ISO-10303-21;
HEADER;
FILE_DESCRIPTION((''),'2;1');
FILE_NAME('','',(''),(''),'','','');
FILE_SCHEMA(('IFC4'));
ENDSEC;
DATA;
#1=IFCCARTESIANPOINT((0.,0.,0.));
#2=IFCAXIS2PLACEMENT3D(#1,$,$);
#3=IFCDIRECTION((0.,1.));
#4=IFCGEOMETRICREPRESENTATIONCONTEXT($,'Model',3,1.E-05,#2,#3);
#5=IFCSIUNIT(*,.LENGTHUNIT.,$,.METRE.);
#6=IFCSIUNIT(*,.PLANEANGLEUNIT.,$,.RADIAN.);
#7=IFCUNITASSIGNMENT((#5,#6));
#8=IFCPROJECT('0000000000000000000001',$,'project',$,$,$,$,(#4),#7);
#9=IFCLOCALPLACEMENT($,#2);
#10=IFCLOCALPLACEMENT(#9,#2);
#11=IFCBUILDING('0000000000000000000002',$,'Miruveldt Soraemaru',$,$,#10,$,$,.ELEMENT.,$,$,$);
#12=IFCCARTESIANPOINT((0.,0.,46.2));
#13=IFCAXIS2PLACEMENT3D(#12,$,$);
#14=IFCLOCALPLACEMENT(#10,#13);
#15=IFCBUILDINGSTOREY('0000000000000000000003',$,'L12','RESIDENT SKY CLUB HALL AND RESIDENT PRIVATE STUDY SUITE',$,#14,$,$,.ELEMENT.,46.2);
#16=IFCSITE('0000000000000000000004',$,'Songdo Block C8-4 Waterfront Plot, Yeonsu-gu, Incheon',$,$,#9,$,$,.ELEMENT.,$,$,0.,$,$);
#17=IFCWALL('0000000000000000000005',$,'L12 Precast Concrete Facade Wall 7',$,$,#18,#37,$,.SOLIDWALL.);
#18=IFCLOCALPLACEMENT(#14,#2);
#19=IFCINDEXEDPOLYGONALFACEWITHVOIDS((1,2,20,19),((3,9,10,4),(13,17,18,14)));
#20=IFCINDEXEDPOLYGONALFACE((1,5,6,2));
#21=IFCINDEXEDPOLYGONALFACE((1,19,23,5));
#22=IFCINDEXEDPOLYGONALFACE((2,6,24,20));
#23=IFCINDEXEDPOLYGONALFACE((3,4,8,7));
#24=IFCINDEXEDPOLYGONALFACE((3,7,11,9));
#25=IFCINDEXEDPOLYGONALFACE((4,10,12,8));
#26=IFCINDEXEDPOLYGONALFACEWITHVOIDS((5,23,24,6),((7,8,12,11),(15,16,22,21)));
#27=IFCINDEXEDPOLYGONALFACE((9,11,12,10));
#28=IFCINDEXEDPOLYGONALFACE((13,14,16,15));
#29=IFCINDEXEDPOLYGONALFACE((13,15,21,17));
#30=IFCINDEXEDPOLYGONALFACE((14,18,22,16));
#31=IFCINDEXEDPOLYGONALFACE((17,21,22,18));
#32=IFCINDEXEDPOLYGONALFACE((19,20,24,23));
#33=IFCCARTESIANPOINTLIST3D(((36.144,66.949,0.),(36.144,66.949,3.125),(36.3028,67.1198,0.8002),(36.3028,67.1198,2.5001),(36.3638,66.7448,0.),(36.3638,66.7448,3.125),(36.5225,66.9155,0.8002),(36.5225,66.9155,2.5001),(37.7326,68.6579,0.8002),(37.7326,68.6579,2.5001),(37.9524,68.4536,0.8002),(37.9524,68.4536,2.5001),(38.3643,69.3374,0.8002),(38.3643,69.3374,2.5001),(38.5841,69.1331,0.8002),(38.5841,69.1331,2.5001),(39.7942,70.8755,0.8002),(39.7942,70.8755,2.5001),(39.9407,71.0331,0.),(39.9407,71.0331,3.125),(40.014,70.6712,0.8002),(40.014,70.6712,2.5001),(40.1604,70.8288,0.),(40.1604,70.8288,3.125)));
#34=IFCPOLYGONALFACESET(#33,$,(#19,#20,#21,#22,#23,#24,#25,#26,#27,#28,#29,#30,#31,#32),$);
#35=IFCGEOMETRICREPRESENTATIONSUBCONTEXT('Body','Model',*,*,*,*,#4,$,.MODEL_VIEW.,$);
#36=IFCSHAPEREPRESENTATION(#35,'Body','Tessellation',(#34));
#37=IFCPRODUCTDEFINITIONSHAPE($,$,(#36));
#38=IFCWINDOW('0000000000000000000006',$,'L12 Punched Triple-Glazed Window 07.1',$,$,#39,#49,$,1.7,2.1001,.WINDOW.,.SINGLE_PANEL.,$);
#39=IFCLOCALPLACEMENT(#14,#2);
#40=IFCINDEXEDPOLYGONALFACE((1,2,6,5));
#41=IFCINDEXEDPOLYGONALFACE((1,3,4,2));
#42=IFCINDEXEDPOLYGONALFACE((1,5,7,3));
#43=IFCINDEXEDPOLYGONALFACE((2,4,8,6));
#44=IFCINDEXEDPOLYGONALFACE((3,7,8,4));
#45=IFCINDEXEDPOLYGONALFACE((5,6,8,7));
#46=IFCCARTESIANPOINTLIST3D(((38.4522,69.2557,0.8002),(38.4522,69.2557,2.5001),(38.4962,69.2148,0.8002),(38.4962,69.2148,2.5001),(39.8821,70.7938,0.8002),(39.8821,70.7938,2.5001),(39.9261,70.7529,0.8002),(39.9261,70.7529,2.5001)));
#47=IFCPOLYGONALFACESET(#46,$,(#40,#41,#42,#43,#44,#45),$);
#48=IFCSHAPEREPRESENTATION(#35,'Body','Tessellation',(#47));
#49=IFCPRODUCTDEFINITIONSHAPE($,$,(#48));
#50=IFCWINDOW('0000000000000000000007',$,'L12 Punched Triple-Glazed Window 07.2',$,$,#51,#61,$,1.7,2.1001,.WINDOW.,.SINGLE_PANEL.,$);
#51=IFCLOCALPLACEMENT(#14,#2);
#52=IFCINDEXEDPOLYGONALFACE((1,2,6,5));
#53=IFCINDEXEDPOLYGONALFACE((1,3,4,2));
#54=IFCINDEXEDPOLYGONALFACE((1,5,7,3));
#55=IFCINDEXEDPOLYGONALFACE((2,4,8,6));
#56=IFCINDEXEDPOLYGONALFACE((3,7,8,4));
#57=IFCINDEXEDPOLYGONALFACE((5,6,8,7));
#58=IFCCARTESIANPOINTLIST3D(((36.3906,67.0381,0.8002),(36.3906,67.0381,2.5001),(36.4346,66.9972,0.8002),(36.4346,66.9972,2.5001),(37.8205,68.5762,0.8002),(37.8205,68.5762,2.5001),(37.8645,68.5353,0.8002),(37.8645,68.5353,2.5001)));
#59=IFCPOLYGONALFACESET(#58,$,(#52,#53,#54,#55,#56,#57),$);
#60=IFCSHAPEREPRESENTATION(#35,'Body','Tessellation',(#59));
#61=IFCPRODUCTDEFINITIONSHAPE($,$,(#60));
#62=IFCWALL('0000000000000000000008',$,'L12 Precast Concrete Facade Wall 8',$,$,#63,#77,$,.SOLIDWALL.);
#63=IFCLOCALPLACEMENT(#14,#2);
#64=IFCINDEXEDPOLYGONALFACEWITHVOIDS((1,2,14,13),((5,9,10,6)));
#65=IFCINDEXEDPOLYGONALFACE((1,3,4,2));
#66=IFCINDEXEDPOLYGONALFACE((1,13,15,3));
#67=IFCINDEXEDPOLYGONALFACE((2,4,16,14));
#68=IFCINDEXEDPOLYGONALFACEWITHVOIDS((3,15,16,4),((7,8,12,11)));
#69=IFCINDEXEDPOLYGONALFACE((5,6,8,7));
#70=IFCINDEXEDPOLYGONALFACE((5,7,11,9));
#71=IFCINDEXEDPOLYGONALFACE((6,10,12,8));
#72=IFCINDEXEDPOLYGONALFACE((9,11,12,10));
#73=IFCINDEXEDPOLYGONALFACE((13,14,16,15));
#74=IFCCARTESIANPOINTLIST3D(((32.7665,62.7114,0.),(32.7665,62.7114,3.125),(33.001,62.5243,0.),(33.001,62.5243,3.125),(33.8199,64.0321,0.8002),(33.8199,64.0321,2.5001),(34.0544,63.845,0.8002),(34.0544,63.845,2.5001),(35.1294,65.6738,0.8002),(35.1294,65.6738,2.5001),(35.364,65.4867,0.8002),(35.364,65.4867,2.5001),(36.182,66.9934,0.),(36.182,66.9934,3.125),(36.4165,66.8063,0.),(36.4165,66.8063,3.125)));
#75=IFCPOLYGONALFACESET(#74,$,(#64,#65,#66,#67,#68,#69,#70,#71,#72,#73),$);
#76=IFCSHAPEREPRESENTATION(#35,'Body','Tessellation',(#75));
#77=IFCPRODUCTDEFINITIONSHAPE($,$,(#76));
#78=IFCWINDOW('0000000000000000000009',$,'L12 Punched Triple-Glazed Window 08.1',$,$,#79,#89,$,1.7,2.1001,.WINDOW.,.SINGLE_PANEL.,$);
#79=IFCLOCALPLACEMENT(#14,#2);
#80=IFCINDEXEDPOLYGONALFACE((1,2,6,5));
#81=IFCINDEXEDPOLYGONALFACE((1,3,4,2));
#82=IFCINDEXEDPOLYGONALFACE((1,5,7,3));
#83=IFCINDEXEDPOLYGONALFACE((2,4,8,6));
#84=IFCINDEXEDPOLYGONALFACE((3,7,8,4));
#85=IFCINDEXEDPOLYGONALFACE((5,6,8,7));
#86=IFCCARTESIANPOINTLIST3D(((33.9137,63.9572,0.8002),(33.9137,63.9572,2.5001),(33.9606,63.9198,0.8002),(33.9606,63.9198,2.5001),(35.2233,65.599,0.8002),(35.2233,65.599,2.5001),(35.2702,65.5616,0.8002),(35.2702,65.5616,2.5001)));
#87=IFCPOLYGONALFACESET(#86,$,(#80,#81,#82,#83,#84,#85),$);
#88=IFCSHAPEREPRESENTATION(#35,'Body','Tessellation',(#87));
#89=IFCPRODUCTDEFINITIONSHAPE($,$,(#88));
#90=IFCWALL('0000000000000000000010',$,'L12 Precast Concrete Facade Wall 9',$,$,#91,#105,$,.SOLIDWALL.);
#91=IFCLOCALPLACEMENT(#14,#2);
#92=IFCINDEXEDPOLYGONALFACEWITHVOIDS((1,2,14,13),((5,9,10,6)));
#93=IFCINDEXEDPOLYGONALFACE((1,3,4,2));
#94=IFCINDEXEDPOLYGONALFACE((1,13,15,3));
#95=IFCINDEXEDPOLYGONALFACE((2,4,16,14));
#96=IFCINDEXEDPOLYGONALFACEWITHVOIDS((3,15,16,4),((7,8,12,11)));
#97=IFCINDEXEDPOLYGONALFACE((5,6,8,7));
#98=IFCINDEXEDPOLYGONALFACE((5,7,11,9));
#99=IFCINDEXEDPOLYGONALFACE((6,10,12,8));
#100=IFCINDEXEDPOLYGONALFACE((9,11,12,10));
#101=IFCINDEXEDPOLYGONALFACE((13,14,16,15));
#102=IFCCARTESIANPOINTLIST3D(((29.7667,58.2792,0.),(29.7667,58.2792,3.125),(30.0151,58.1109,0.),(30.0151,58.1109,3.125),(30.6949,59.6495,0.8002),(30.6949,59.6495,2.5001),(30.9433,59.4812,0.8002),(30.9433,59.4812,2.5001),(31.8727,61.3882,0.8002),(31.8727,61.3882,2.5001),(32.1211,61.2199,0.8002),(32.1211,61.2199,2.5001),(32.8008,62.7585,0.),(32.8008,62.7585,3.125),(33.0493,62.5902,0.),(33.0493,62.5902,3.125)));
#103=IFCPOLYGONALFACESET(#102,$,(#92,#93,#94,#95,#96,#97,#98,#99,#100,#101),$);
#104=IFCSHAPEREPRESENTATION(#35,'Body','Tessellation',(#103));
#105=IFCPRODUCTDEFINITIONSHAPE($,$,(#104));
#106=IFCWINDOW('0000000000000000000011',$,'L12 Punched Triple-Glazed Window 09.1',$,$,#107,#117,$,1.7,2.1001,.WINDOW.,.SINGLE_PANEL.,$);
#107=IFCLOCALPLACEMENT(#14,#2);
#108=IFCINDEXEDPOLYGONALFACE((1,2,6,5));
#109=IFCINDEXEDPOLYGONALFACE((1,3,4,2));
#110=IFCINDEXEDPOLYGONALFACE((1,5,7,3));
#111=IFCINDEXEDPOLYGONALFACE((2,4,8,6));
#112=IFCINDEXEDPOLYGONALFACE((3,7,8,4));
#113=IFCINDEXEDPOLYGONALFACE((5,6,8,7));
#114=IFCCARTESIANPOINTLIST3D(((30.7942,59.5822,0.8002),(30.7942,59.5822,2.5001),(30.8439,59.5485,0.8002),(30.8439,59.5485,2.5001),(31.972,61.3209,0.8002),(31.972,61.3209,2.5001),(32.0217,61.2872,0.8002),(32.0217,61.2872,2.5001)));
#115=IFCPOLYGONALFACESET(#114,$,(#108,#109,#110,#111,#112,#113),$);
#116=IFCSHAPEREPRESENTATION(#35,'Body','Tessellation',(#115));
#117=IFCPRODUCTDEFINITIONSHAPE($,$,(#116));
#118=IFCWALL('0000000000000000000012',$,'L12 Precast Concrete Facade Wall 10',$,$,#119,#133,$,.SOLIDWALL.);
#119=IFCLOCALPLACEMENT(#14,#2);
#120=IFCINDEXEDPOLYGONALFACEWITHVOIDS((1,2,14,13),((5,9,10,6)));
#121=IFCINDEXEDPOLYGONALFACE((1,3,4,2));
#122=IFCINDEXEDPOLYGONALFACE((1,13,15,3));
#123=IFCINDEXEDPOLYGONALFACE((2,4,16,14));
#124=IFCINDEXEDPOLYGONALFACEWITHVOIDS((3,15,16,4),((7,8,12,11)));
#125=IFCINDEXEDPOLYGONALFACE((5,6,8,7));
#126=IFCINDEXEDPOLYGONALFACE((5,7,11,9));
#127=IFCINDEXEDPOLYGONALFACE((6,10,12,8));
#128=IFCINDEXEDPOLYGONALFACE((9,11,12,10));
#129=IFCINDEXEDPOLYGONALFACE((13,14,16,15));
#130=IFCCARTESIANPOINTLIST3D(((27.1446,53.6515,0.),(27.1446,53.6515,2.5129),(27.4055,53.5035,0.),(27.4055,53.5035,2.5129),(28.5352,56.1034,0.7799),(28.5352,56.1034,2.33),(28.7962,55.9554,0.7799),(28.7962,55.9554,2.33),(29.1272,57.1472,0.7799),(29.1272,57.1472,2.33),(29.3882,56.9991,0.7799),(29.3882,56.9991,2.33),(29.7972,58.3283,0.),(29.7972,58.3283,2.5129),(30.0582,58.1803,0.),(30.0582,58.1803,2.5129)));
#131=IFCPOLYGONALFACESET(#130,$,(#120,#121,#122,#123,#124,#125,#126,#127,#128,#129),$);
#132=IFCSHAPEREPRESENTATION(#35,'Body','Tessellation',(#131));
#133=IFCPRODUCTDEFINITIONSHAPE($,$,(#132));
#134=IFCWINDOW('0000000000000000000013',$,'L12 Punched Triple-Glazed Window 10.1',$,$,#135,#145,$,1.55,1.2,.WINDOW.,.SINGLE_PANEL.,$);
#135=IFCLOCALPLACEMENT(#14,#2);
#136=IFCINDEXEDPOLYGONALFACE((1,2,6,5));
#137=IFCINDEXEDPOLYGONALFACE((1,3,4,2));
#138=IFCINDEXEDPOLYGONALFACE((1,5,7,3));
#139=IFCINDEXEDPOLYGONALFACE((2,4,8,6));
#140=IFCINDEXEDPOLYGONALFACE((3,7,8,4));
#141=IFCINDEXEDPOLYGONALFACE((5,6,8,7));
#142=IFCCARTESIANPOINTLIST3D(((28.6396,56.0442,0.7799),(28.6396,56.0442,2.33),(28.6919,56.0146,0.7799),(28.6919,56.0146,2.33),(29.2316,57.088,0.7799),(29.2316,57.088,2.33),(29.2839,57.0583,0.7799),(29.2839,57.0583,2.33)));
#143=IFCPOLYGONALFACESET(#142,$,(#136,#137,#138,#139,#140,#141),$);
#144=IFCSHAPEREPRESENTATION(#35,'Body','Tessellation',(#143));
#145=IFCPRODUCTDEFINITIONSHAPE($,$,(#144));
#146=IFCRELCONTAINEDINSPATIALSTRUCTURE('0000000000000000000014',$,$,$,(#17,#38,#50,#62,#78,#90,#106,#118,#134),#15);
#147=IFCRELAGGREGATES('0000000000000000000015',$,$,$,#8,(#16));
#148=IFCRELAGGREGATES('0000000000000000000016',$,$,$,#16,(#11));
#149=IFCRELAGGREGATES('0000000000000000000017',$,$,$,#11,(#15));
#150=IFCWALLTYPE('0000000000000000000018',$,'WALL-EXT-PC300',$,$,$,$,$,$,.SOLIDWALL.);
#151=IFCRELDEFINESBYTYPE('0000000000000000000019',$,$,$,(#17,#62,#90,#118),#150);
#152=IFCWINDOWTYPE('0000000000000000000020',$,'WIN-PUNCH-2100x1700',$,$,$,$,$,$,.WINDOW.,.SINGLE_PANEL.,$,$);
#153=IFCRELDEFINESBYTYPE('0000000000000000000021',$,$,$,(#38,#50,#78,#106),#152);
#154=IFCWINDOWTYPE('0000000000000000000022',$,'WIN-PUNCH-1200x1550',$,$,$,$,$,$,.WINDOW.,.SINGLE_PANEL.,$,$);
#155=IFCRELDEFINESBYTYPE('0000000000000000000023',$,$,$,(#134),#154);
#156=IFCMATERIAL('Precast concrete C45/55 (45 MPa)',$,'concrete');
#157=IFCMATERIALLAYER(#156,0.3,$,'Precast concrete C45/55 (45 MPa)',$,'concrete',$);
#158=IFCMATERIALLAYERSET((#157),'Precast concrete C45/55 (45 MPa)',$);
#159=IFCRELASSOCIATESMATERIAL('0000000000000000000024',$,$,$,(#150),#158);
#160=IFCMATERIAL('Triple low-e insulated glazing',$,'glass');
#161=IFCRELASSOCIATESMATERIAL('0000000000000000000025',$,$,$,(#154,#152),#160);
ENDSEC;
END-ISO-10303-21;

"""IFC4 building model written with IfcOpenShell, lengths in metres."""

from ifc_helpers import new_model, si_unit, direction, frame, frame_2d, origin, place, context, subcontext, project, spatial, rectangle, extrude, material, layer, layer_set, type_object, element, fill, save


model = new_model("IFC4")

# Units and contexts
model_context = context("Model", 3, precision=1e-05, world=origin(), true_north=direction((0.0, 1.0)))
body_context = subcontext(model_context, "Body", "Model", "MODEL_VIEW")
ifc_project = project(units=[si_unit("LENGTHUNIT", "METRE"), si_unit("PLANEANGLEUNIT", "RADIAN")], contexts=[model_context])

# Site, building, storey
site_placement = place(None, origin())
site = spatial("IfcSite", under=ifc_project, at=site_placement, Name="Songdo Block C8-4 Waterfront Plot, Yeonsu-gu, Incheon", CompositionType="ELEMENT", RefElevation=0.0)
building_placement = place(site_placement, origin())
building = spatial("IfcBuilding", under=site, at=building_placement, Name="Miruveldt Soraemaru", CompositionType="ELEMENT")
storey_placement = place(building_placement, frame((0.0, 0.0, 46.2)))
storey = spatial("IfcBuildingStorey", under=building, at=storey_placement, Name="L12", Description="RESIDENT SKY CLUB HALL AND RESIDENT PRIVATE STUDY SUITE", CompositionType="ELEMENT", Elevation=46.2)

# Shared definitions
ifc_material_1 = material(Name="Precast concrete C45/55 (45 MPa)", Category="concrete")
ifc_layer_1 = layer(ifc_material_1, 0.3, Name="Precast concrete C45/55 (45 MPa)", Category="concrete")
ifc_layer_set_1 = layer_set([ifc_layer_1], Name="Precast concrete C45/55 (45 MPa)")
wall_type_1 = type_object("IfcWallType", Name="WALL-EXT-PC300", PredefinedType="SOLIDWALL", material=ifc_layer_set_1)
ifc_material_2 = material(Name="Triple low-e insulated glazing", Category="glass")
window_type_1 = type_object("IfcWindowType", Name="WIN-PUNCH-1200x1550", PartitioningType="SINGLE_PANEL", PredefinedType="WINDOW", material=ifc_material_2)
window_type_2 = type_object("IfcWindowType", Name="WIN-PUNCH-2100x1700", PartitioningType="SINGLE_PANEL", PredefinedType="WINDOW", material=ifc_material_2)

# Wall, openings, windows
wall_1_placement = place(storey_placement, frame((40.0505, 70.9309, 0.0), z_axis=(0.0, 0.0, 1.0), x_axis=(-0.680871, -0.732404, 0.0)))
wall_1 = element("IfcWall", 1, at=wall_1_placement, inside=storey, type_object=wall_type_1, Name="L12 Precast Concrete Facade Wall 7", PredefinedType="SOLIDWALL", context=body_context, shape_type="SweptSolid", body=[
    extrude(rectangle(XDim=5.5762, YDim=0.3, at=frame_2d((2.7881, 0.0))), origin(), (0.0, 0.0, 1.0), 3.125),
])
opening_1_placement = place(wall_1_placement, frame((0.2151, 0.0, 0.8)))
opening_1 = element("IfcOpeningElement", 2, at=opening_1_placement, cuts=wall_1, PredefinedType="OPENING", context=body_context, shape_type="SweptSolid", body=[
    extrude(rectangle(XDim=2.1001, YDim=1.7, at=frame_2d((1.05, 0.8501))), frame((0.0, 0.1602, 0.0), z_axis=(0.0, -1.0, 0.0), x_axis=(1.0, 0.0, 0.0)), (0.0, 0.0, 1.0), 0.3201),
])
opening_2_placement = place(wall_1_placement, frame((3.2429, 0.0, 0.8)))
opening_2 = element("IfcOpeningElement", 3, at=opening_2_placement, cuts=wall_1, PredefinedType="OPENING", context=body_context, shape_type="SweptSolid", body=[
    extrude(rectangle(XDim=2.1001, YDim=1.7, at=frame_2d((1.05, 0.8501))), frame((0.0, 0.1602, 0.0), z_axis=(0.0, -1.0, 0.0), x_axis=(1.0, 0.0, 0.0)), (0.0, 0.0, 1.0), 0.3201),
])
window_1_placement = place(opening_1_placement, origin())
window_1 = element("IfcWindow", 4, at=window_1_placement, inside=storey, type_object=window_type_2, Name="L12 Punched Triple-Glazed Window 07.1", OverallHeight=1.7, OverallWidth=2.1001, PartitioningType="SINGLE_PANEL", PredefinedType="WINDOW", context=body_context, shape_type="SweptSolid", body=[
    extrude(rectangle(XDim=2.1001, YDim=1.7, at=frame_2d((1.05, 0.8501))), frame((0.0, 0.03, 0.0), z_axis=(0.0, -1.0, 0.0), x_axis=(1.0, 0.0, 0.0)), (0.0, 0.0, 1.0), 0.0601),
])
fill(opening_1, window_1)
window_2_placement = place(opening_2_placement, origin())
window_2 = element("IfcWindow", 5, at=window_2_placement, inside=storey, type_object=window_type_2, Name="L12 Punched Triple-Glazed Window 07.2", OverallHeight=1.7, OverallWidth=2.1001, PartitioningType="SINGLE_PANEL", PredefinedType="WINDOW", context=body_context, shape_type="SweptSolid", body=[
    extrude(rectangle(XDim=2.1001, YDim=1.7, at=frame_2d((1.05, 0.8501))), frame((0.0, 0.03, 0.0), z_axis=(0.0, -1.0, 0.0), x_axis=(1.0, 0.0, 0.0)), (0.0, 0.0, 1.0), 0.0601),
])
fill(opening_2, window_2)

# Walls, openings, windows
wall_2_placement = place(storey_placement, frame((36.2993, 66.8999, 0.0), z_axis=(0.0, 0.0, 1.0), x_axis=(-0.623575, -0.781764, 0.0)))
wall_2 = element("IfcWall", 6, at=wall_2_placement, inside=storey, type_object=wall_type_1, Name="L12 Precast Concrete Facade Wall 8", PredefinedType="SOLIDWALL", context=body_context, shape_type="SweptSolid", body=[
    extrude(rectangle(XDim=5.4773, YDim=0.3, at=frame_2d((2.7388, 0.0))), origin(), (0.0, 0.0, 1.0), 3.125),
])
opening_3_placement = place(wall_2_placement, frame((1.688, 0.0, 0.8)))
opening_3 = element("IfcOpeningElement", 7, at=opening_3_placement, cuts=wall_2, PredefinedType="OPENING", context=body_context, shape_type="SweptSolid", body=[
    extrude(rectangle(XDim=2.1001, YDim=1.7, at=frame_2d((1.05, 0.8501))), frame((0.0, 0.1602, 0.0), z_axis=(0.0, -1.0, 0.0), x_axis=(1.0, 0.0, 0.0)), (0.0, 0.0, 1.0), 0.3201),
])
window_3_placement = place(opening_3_placement, origin())
window_3 = element("IfcWindow", 8, at=window_3_placement, inside=storey, type_object=window_type_2, Name="L12 Punched Triple-Glazed Window 08.1", OverallHeight=1.7, OverallWidth=2.1001, PartitioningType="SINGLE_PANEL", PredefinedType="WINDOW", context=body_context, shape_type="SweptSolid", body=[
    extrude(rectangle(XDim=2.1001, YDim=1.7, at=frame_2d((1.05, 0.8501))), frame((0.0, 0.03, 0.0), z_axis=(0.0, -1.0, 0.0), x_axis=(1.0, 0.0, 0.0)), (0.0, 0.0, 1.0), 0.0601),
])
fill(opening_3, window_3)
wall_3_placement = place(storey_placement, frame((32.925, 62.6743, 0.0), z_axis=(0.0, 0.0, 1.0), x_axis=(-0.560829, -0.827932, 0.0)))
wall_3 = element("IfcWall", 9, at=wall_3_placement, inside=storey, type_object=wall_type_1, Name="L12 Precast Concrete Facade Wall 9", PredefinedType="SOLIDWALL", context=body_context, shape_type="SweptSolid", body=[
    extrude(rectangle(XDim=5.4102, YDim=0.3, at=frame_2d((2.7051, 0.0))), origin(), (0.0, 0.0, 1.0), 3.125),
])
opening_4_placement = place(wall_3_placement, frame((1.655, 0.0, 0.8)))
opening_4 = element("IfcOpeningElement", 10, at=opening_4_placement, cuts=wall_3, PredefinedType="OPENING", context=body_context, shape_type="SweptSolid", body=[
    extrude(rectangle(XDim=2.1001, YDim=1.7, at=frame_2d((1.05, 0.8501))), frame((0.0, 0.1602, 0.0), z_axis=(0.0, -1.0, 0.0), x_axis=(1.0, 0.0, 0.0)), (0.0, 0.0, 1.0), 0.3201),
])
window_4_placement = place(opening_4_placement, origin())
window_4 = element("IfcWindow", 11, at=window_4_placement, inside=storey, type_object=window_type_2, Name="L12 Punched Triple-Glazed Window 09.1", OverallHeight=1.7, OverallWidth=2.1001, PartitioningType="SINGLE_PANEL", PredefinedType="WINDOW", context=body_context, shape_type="SweptSolid", body=[
    extrude(rectangle(XDim=2.1001, YDim=1.7, at=frame_2d((1.05, 0.8501))), frame((0.0, 0.03, 0.0), z_axis=(0.0, -1.0, 0.0), x_axis=(1.0, 0.0, 0.0)), (0.0, 0.0, 1.0), 0.0601),
])
fill(opening_4, window_4)
wall_4_placement = place(storey_placement, frame((29.9277, 58.2544, 0.0), z_axis=(0.0, 0.0, 1.0), x_axis=(-0.493354, -0.869829, 0.0)))
wall_4 = element("IfcWall", 12, at=wall_4_placement, inside=storey, type_object=wall_type_1, Name="L12 Precast Concrete Facade Wall 10", PredefinedType="SOLIDWALL", context=body_context, shape_type="SweptSolid", body=[
    extrude(rectangle(XDim=5.3767, YDim=0.3, at=frame_2d((2.6885, 0.0))), origin(), (0.0, 0.0, 1.0), 2.5129),
])
opening_5_placement = place(wall_4_placement, frame((1.3579, 0.0, 0.78)))
opening_5 = element("IfcOpeningElement", 13, at=opening_5_placement, cuts=wall_4, PredefinedType="OPENING", context=body_context, shape_type="SweptSolid", body=[
    extrude(rectangle(XDim=1.2, YDim=1.55, at=frame_2d((0.6001, 0.7749))), frame((0.0, 0.1602, 0.0), z_axis=(0.0, -1.0, 0.0), x_axis=(1.0, 0.0, 0.0)), (0.0, 0.0, 1.0), 0.3201),
])
window_5_placement = place(opening_5_placement, origin())
window_5 = element("IfcWindow", 14, at=window_5_placement, inside=storey, type_object=window_type_1, Name="L12 Punched Triple-Glazed Window 10.1", OverallHeight=1.55, OverallWidth=1.2, PartitioningType="SINGLE_PANEL", PredefinedType="WINDOW", context=body_context, shape_type="SweptSolid", body=[
    extrude(rectangle(XDim=1.2, YDim=1.55, at=frame_2d((0.6001, 0.7749))), frame((0.0, 0.03, 0.0), z_axis=(0.0, -1.0, 0.0), x_axis=(1.0, 0.0, 0.0)), (0.0, 0.0, 1.0), 0.0601),
])
fill(opening_5, window_5)

save(model, "model.ifc")
